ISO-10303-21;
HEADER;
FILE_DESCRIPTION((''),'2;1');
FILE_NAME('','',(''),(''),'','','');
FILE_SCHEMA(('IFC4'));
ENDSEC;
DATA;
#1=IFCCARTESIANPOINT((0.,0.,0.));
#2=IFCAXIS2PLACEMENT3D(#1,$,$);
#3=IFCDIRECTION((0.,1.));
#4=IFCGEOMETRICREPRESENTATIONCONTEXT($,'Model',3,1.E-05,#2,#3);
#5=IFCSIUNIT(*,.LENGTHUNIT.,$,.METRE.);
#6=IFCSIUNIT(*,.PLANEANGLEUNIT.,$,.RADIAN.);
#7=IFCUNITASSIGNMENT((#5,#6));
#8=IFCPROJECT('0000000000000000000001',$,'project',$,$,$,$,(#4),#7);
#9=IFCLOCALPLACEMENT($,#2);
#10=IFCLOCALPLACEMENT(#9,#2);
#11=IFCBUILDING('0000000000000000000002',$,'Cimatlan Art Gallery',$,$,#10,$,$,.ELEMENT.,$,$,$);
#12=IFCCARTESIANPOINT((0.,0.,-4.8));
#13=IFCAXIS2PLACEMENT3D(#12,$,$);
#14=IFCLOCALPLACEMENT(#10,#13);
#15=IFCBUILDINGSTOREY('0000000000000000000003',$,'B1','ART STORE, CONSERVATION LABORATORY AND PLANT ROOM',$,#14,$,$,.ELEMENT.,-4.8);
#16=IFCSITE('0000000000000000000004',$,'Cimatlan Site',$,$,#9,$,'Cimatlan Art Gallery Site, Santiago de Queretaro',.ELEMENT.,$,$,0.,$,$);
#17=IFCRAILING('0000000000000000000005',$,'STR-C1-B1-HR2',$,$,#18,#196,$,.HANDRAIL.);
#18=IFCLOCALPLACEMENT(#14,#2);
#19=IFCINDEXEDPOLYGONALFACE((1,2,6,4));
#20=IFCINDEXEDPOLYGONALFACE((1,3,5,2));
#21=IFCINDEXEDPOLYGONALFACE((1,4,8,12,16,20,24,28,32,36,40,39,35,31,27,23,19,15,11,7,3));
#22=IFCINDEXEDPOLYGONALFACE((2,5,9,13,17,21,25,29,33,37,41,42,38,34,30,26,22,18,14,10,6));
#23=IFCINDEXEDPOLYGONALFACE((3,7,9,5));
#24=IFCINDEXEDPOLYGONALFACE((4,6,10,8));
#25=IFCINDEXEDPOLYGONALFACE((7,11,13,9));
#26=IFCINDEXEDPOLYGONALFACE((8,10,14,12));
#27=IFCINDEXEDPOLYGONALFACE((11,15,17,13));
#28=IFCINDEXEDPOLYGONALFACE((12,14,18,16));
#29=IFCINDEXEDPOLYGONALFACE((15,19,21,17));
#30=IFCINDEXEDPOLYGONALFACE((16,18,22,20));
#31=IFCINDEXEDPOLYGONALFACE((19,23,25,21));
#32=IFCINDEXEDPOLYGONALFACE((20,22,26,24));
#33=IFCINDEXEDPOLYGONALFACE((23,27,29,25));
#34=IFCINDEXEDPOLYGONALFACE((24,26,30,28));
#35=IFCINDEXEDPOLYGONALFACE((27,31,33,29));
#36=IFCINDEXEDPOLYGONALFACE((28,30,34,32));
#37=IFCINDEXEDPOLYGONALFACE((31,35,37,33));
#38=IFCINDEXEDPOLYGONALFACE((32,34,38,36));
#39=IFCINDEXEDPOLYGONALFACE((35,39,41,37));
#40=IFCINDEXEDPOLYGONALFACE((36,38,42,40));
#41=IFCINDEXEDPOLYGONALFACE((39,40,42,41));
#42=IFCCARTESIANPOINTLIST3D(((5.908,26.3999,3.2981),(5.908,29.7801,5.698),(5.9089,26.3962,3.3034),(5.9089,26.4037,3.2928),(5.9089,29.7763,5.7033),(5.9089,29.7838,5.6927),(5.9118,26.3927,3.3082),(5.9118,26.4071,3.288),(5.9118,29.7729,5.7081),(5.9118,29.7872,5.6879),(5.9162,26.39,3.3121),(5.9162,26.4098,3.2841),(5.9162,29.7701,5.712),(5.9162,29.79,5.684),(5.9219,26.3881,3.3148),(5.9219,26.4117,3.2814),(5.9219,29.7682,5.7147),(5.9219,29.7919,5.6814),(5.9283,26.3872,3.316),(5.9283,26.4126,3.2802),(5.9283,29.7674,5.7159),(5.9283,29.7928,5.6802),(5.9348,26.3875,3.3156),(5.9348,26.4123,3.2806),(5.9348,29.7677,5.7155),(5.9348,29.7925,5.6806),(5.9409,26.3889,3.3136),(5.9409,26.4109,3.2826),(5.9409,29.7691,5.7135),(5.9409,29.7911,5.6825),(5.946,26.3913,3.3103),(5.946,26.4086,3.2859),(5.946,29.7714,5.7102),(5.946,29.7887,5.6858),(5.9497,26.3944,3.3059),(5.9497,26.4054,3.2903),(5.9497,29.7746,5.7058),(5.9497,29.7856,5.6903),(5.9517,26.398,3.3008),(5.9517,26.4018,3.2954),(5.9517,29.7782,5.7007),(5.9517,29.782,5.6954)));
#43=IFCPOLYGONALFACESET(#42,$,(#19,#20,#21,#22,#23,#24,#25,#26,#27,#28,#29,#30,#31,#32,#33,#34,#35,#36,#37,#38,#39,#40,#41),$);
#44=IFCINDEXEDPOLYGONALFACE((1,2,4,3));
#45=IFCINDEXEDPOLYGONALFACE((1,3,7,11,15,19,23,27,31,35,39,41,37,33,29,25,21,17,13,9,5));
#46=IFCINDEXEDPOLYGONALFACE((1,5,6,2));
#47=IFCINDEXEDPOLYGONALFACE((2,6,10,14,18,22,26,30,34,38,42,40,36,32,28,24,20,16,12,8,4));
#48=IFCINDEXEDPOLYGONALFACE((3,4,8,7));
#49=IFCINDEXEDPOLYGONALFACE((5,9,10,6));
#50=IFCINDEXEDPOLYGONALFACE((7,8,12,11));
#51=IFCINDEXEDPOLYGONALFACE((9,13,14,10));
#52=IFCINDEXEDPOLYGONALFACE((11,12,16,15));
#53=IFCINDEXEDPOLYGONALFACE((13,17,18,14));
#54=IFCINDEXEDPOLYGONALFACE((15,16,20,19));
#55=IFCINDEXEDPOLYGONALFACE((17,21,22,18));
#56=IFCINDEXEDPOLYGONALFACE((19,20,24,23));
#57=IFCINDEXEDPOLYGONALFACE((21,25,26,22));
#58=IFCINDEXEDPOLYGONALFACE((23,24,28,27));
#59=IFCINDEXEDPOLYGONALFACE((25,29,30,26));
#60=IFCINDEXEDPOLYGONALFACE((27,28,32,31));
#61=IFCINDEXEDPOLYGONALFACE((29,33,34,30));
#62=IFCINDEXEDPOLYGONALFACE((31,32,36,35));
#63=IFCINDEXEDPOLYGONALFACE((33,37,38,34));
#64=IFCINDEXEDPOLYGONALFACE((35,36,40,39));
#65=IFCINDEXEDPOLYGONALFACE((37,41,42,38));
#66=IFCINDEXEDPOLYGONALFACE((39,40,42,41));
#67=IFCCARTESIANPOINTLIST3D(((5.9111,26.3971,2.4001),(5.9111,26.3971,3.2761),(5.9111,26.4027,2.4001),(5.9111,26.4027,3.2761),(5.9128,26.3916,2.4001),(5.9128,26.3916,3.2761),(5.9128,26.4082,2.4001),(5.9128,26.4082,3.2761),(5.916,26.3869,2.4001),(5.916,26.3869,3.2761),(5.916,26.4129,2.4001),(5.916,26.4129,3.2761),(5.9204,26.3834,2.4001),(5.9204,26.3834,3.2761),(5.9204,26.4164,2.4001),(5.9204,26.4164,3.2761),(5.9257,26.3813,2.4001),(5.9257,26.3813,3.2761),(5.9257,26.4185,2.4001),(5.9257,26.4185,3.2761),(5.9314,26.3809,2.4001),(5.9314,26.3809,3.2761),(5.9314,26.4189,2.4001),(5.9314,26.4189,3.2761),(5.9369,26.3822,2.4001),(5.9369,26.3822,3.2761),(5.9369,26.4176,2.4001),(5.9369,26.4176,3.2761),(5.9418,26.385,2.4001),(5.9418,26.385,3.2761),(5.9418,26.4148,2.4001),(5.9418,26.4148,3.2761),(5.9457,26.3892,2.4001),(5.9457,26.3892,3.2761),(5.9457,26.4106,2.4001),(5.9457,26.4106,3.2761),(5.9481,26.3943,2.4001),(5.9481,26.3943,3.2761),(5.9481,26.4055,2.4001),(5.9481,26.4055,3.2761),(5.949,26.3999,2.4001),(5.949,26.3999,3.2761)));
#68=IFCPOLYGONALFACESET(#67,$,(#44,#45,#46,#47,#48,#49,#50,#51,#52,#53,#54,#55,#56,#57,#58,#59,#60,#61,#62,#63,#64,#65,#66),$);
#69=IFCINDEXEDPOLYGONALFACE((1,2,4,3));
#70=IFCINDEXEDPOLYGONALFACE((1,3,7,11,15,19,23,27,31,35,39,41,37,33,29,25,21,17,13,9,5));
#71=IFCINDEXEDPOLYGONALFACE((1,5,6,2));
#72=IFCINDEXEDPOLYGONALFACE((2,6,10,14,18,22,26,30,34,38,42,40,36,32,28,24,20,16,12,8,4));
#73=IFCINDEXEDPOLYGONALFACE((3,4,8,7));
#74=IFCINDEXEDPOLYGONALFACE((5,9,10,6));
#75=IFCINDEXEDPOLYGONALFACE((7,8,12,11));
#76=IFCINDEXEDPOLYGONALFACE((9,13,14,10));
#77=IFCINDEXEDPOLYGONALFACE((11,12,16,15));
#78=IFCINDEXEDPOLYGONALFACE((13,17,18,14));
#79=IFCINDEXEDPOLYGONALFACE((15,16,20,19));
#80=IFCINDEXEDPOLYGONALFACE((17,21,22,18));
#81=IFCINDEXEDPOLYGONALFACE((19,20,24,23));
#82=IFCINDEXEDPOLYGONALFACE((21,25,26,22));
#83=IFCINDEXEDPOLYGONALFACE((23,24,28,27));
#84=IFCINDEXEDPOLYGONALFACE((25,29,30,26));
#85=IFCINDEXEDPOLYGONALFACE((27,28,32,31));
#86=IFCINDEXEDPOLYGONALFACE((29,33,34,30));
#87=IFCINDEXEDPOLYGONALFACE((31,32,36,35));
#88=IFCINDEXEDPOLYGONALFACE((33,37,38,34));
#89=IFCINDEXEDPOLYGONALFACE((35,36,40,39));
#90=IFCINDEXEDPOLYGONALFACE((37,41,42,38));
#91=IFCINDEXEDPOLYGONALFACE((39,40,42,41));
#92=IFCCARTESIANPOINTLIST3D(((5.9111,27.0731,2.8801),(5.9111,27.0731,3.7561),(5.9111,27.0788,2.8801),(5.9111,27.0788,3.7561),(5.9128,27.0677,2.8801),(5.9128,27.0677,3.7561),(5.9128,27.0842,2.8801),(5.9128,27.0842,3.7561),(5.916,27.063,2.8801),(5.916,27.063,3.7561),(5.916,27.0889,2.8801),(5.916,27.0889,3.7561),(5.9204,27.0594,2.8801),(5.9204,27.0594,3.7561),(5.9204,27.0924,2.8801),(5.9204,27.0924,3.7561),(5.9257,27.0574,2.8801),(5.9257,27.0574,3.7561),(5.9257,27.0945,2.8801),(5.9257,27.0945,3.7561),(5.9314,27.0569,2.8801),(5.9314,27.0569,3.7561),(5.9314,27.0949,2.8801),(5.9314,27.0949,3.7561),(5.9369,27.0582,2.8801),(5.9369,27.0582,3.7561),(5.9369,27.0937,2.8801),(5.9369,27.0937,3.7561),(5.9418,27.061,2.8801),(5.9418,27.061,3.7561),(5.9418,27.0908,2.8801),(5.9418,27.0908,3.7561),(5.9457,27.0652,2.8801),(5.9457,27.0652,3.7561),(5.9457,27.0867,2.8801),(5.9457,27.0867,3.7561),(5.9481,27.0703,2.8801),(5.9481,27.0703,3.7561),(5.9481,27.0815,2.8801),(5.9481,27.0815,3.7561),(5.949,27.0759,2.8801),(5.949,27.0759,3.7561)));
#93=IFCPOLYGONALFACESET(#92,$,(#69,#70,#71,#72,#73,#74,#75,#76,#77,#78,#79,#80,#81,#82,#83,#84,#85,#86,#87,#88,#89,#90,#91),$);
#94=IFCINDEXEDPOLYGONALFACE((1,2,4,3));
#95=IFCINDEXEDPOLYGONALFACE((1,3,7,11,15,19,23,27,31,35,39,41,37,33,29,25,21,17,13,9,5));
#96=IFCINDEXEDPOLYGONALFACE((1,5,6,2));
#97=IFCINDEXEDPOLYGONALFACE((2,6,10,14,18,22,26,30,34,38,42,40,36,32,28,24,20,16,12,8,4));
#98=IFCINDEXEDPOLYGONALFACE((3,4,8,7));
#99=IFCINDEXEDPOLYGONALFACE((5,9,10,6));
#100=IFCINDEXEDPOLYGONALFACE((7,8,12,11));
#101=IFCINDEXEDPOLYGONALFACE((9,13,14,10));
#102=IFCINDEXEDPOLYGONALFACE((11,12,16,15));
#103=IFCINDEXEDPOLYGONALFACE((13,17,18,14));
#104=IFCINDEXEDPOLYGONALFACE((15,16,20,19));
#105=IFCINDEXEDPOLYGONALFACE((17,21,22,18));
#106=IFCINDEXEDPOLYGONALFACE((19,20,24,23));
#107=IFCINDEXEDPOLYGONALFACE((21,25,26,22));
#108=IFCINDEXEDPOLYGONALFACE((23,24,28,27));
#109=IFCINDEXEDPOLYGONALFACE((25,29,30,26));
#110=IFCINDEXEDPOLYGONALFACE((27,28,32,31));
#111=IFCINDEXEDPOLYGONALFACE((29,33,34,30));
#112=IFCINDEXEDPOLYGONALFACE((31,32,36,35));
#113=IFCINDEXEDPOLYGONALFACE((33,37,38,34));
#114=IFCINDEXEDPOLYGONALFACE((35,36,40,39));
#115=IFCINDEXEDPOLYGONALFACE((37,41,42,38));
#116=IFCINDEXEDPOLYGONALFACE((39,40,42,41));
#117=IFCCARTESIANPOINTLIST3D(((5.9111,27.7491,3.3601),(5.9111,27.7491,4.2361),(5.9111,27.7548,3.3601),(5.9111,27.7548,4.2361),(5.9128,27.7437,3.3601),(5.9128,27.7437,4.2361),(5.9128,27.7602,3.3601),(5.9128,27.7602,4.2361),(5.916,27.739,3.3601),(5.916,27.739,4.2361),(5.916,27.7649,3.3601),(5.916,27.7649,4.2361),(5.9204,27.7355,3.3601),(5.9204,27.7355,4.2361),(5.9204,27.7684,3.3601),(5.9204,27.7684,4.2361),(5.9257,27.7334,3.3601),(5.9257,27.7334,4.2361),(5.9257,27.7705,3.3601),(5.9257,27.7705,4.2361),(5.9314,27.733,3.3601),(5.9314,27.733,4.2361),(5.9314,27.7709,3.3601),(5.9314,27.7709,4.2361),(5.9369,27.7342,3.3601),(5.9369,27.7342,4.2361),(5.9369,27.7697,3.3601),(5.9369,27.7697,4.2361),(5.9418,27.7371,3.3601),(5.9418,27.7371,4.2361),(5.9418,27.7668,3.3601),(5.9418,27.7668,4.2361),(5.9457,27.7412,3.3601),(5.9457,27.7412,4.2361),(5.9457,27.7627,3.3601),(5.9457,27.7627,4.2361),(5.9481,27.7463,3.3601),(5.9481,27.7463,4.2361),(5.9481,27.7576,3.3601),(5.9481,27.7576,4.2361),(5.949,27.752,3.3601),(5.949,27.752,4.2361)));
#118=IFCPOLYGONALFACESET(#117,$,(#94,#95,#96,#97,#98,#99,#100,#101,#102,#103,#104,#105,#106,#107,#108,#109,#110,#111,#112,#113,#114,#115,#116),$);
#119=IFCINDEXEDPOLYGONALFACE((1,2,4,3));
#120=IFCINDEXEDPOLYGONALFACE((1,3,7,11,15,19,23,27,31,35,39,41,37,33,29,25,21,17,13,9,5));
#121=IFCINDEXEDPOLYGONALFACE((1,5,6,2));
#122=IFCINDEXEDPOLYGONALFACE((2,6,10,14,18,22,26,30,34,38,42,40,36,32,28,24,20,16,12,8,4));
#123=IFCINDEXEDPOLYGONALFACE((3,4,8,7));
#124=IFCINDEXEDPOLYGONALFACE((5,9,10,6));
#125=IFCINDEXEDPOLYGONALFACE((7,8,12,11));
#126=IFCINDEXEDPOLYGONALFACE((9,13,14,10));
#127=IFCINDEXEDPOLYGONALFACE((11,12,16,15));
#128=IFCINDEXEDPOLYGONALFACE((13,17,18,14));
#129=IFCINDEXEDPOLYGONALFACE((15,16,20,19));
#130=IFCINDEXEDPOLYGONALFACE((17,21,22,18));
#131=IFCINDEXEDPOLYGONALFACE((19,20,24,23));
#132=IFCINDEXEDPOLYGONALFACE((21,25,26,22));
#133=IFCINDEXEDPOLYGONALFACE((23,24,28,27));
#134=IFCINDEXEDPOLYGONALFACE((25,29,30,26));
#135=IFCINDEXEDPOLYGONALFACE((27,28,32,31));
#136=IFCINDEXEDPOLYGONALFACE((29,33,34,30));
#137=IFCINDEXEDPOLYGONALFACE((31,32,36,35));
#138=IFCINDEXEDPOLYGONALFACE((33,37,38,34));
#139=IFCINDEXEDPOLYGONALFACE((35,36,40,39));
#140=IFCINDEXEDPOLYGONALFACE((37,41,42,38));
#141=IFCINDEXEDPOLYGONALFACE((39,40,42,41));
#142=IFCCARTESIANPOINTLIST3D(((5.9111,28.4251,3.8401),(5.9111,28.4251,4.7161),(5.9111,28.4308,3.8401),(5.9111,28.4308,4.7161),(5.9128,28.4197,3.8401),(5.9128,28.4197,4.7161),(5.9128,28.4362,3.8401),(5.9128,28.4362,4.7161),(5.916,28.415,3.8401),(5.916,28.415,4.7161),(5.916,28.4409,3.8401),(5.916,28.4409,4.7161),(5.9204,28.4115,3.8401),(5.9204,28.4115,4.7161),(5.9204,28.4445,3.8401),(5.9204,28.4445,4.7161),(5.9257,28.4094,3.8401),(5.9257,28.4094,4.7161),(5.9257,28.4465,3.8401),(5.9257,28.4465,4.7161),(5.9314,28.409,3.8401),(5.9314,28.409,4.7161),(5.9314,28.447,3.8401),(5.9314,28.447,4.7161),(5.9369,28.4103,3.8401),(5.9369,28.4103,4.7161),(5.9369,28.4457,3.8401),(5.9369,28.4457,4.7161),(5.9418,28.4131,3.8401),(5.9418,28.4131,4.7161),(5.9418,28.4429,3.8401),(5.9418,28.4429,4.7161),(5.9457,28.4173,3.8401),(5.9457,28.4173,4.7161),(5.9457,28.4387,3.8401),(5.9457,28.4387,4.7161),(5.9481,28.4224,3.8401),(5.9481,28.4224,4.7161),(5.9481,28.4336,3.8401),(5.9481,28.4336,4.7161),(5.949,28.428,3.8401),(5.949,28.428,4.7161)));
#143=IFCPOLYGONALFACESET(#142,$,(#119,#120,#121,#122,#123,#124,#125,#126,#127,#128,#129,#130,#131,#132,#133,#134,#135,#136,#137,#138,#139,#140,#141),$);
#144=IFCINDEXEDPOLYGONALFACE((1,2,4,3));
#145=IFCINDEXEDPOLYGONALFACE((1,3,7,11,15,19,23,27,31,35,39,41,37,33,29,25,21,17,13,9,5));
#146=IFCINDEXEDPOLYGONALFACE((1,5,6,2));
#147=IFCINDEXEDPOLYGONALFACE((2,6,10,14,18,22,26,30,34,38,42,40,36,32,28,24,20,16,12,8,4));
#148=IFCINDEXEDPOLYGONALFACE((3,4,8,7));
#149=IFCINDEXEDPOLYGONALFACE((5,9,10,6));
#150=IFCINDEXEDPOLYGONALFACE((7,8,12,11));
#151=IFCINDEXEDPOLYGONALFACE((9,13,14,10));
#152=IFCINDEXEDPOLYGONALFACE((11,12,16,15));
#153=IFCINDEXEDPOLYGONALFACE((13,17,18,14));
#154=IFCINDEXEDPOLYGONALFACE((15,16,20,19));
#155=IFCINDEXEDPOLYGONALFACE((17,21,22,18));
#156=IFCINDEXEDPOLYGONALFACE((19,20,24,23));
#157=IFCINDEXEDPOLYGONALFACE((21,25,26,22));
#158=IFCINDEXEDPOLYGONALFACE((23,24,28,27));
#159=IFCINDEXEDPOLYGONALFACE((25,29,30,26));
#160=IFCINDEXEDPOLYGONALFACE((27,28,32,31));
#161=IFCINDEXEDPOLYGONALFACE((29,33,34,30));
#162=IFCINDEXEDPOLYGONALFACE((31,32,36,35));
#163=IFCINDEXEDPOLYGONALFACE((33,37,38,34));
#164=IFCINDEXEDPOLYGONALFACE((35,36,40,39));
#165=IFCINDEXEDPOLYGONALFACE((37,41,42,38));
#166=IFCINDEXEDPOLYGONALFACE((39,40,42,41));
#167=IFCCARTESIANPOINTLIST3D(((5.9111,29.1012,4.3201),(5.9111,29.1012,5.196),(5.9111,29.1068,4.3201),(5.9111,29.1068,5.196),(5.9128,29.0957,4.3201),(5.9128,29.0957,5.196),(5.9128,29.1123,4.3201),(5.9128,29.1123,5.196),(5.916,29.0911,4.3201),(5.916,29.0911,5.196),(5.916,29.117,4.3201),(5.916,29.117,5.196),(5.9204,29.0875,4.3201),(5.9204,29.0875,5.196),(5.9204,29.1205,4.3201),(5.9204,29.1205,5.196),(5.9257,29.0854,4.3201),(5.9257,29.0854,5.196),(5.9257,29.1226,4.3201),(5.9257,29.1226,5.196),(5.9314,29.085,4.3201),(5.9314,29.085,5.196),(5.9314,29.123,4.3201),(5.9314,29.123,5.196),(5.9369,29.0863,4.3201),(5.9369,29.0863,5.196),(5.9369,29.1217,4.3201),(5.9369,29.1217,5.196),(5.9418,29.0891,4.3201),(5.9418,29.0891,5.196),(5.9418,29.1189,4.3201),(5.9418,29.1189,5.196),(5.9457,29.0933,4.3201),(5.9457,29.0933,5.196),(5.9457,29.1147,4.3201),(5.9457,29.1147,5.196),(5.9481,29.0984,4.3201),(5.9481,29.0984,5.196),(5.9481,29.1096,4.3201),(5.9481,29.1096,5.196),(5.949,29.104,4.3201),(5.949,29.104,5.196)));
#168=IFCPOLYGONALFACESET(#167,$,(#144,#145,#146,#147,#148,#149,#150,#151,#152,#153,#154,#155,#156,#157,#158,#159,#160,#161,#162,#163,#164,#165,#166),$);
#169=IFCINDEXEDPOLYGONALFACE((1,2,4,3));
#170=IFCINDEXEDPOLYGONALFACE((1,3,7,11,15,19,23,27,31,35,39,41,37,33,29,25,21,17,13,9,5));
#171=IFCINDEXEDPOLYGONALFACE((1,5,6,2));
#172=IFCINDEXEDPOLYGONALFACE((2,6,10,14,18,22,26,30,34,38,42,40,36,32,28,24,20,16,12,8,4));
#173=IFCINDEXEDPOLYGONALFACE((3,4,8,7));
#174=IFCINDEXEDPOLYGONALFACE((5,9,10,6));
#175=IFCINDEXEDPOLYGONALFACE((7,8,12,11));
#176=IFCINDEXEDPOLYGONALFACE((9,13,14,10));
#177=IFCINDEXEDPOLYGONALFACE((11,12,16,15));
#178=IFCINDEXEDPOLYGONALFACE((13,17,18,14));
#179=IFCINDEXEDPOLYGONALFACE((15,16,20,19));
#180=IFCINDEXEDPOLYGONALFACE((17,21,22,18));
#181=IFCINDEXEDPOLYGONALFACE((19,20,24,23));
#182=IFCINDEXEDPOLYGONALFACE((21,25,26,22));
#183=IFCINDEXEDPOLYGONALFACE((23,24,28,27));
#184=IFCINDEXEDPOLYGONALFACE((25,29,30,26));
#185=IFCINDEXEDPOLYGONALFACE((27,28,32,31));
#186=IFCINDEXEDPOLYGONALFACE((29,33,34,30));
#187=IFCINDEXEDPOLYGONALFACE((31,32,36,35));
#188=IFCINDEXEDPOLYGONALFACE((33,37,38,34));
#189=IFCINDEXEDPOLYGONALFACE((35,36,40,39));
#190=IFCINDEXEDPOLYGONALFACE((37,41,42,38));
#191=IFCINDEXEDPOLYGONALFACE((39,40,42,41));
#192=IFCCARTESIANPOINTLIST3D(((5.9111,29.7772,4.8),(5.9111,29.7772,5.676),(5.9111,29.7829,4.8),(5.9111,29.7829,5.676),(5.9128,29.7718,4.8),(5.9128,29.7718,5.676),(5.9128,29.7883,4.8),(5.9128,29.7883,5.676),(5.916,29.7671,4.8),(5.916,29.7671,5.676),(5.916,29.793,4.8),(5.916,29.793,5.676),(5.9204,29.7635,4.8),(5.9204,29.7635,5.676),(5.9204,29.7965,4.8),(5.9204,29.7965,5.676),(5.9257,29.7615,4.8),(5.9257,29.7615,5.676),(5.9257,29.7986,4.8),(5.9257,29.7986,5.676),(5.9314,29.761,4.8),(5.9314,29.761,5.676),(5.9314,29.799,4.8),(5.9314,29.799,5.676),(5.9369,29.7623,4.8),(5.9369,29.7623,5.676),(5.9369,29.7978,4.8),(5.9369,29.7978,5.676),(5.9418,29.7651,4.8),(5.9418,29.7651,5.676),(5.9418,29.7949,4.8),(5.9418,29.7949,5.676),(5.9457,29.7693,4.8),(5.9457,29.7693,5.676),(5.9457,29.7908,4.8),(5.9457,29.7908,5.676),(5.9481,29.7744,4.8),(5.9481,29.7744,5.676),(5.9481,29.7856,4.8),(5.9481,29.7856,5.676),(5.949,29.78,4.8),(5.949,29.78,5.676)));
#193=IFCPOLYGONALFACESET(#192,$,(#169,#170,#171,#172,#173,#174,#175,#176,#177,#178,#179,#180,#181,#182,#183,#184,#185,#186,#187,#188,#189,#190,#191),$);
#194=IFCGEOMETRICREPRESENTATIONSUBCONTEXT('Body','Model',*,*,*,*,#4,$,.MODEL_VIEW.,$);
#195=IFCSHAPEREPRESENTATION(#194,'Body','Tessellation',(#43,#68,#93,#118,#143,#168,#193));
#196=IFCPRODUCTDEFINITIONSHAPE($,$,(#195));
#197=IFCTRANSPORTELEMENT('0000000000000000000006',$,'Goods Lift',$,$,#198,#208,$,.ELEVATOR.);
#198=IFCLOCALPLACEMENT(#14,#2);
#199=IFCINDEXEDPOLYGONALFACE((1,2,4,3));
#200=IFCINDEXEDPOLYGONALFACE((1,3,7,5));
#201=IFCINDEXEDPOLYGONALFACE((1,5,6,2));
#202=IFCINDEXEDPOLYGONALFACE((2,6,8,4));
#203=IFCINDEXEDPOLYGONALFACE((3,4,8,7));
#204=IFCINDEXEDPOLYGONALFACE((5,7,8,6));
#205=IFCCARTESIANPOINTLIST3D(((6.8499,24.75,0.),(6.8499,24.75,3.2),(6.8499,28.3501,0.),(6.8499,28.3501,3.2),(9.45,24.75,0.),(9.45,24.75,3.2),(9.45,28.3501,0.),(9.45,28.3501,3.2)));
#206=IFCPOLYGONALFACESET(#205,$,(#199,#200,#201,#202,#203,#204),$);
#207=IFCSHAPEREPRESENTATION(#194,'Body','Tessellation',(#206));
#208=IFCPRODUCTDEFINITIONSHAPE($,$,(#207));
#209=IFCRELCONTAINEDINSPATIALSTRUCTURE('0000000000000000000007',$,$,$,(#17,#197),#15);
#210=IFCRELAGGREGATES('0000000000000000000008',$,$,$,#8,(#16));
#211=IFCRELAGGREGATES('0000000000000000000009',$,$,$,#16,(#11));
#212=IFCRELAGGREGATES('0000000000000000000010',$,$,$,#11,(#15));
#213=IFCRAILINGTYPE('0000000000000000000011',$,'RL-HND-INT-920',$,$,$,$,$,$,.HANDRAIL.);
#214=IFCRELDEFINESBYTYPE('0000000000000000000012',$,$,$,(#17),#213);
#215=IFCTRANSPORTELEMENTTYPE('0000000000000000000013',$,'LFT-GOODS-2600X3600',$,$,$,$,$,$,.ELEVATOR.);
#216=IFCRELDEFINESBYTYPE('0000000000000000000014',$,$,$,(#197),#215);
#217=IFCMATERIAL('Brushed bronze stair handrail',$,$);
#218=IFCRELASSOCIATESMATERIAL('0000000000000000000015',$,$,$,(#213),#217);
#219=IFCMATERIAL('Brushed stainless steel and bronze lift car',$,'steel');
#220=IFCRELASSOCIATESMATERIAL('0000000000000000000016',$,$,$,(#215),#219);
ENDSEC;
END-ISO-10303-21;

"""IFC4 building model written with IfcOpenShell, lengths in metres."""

from ifc_helpers import new_model, si_unit, direction, frame, origin, origin_2d, place, context, subcontext, project, spatial, rectangle, circle, extrude, material, type_object, element, save


model = new_model("IFC4")

# Units and contexts
model_context = context("Model", 3, precision=1e-05, world=origin(), true_north=direction((0.0, 1.0)))
body_context = subcontext(model_context, "Body", "Model", "MODEL_VIEW")
ifc_project = project(units=[si_unit("LENGTHUNIT", "METRE"), si_unit("PLANEANGLEUNIT", "RADIAN")], contexts=[model_context])

# Site, building, storey
site_placement = place(None, origin())
site = spatial("IfcSite", under=ifc_project, at=site_placement, Name="Cimatlan Site", LongName="Cimatlan Art Gallery Site, Santiago de Queretaro", CompositionType="ELEMENT", RefElevation=0.0)
building_placement = place(site_placement, origin())
building = spatial("IfcBuilding", under=site, at=building_placement, Name="Cimatlan Art Gallery", CompositionType="ELEMENT")
storey_placement = place(building_placement, frame((0.0, 0.0, -4.8)))
storey = spatial("IfcBuildingStorey", under=building, at=storey_placement, Name="B1", Description="ART STORE, CONSERVATION LABORATORY AND PLANT ROOM", CompositionType="ELEMENT", Elevation=-4.8)

# Railing
ifc_material_1 = material(Name="Brushed bronze stair handrail")
railing_type_1 = type_object("IfcRailingType", Name="RL-HND-INT-920", PredefinedType="HANDRAIL", material=ifc_material_1)
railing_1_placement = place(storey_placement, frame((5.9299, 26.3999, 2.4001)))
element("IfcRailing", 1, at=railing_1_placement, inside=storey, type_object=railing_type_1, Name="STR-C1-B1-HR2", PredefinedType="HANDRAIL", context=body_context, shape_type="SweptSolid", body=[
    extrude(circle(Radius=0.022, at=origin_2d()), frame((0.0, 0.0, 0.8979), z_axis=(0.0, 0.815382, 0.578924), x_axis=(-1.0, 0.0, 0.0)), (0.0, 0.0, 1.0), 4.1455),
    extrude(circle(Radius=0.019, at=origin_2d()), origin(), (0.0, 0.0, 1.0), 0.876),
    extrude(circle(Radius=0.019, at=origin_2d()), frame((0.0, 0.676, 0.48)), (0.0, 0.0, 1.0), 0.876),
    extrude(circle(Radius=0.019, at=origin_2d()), frame((0.0, 1.3521, 0.96)), (0.0, 0.0, 1.0), 0.876),
    extrude(circle(Radius=0.019, at=origin_2d()), frame((0.0, 2.0281, 1.4399)), (0.0, 0.0, 1.0), 0.876),
    extrude(circle(Radius=0.019, at=origin_2d()), frame((0.0, 2.7041, 1.9199)), (0.0, 0.0, 1.0), 0.876),
    extrude(circle(Radius=0.019, at=origin_2d()), frame((0.0, 3.3801, 2.3999)), (0.0, 0.0, 1.0), 0.876),
])

# Transport element
ifc_material_2 = material(Name="Brushed stainless steel and bronze lift car", Category="steel")
transport_element_type = type_object("IfcTransportElementType", Name="LFT-GOODS-2600X3600", PredefinedType="ELEVATOR", material=ifc_material_2)
transport_element_placement = place(storey_placement, frame((8.1499, 26.55, 0.0), z_axis=(0.0, 0.0, 1.0), x_axis=(1.0, 0.0, 0.0)))
element("IfcTransportElement", 2, at=transport_element_placement, inside=storey, type_object=transport_element_type, Name="Goods Lift", PredefinedType="ELEVATOR", context=body_context, shape_type="SweptSolid", body=[
    extrude(rectangle(XDim=2.6001, YDim=3.6001, at=origin_2d()), origin(), (0.0, 0.0, 1.0), 3.2),
])

save(model, "model.ifc")
